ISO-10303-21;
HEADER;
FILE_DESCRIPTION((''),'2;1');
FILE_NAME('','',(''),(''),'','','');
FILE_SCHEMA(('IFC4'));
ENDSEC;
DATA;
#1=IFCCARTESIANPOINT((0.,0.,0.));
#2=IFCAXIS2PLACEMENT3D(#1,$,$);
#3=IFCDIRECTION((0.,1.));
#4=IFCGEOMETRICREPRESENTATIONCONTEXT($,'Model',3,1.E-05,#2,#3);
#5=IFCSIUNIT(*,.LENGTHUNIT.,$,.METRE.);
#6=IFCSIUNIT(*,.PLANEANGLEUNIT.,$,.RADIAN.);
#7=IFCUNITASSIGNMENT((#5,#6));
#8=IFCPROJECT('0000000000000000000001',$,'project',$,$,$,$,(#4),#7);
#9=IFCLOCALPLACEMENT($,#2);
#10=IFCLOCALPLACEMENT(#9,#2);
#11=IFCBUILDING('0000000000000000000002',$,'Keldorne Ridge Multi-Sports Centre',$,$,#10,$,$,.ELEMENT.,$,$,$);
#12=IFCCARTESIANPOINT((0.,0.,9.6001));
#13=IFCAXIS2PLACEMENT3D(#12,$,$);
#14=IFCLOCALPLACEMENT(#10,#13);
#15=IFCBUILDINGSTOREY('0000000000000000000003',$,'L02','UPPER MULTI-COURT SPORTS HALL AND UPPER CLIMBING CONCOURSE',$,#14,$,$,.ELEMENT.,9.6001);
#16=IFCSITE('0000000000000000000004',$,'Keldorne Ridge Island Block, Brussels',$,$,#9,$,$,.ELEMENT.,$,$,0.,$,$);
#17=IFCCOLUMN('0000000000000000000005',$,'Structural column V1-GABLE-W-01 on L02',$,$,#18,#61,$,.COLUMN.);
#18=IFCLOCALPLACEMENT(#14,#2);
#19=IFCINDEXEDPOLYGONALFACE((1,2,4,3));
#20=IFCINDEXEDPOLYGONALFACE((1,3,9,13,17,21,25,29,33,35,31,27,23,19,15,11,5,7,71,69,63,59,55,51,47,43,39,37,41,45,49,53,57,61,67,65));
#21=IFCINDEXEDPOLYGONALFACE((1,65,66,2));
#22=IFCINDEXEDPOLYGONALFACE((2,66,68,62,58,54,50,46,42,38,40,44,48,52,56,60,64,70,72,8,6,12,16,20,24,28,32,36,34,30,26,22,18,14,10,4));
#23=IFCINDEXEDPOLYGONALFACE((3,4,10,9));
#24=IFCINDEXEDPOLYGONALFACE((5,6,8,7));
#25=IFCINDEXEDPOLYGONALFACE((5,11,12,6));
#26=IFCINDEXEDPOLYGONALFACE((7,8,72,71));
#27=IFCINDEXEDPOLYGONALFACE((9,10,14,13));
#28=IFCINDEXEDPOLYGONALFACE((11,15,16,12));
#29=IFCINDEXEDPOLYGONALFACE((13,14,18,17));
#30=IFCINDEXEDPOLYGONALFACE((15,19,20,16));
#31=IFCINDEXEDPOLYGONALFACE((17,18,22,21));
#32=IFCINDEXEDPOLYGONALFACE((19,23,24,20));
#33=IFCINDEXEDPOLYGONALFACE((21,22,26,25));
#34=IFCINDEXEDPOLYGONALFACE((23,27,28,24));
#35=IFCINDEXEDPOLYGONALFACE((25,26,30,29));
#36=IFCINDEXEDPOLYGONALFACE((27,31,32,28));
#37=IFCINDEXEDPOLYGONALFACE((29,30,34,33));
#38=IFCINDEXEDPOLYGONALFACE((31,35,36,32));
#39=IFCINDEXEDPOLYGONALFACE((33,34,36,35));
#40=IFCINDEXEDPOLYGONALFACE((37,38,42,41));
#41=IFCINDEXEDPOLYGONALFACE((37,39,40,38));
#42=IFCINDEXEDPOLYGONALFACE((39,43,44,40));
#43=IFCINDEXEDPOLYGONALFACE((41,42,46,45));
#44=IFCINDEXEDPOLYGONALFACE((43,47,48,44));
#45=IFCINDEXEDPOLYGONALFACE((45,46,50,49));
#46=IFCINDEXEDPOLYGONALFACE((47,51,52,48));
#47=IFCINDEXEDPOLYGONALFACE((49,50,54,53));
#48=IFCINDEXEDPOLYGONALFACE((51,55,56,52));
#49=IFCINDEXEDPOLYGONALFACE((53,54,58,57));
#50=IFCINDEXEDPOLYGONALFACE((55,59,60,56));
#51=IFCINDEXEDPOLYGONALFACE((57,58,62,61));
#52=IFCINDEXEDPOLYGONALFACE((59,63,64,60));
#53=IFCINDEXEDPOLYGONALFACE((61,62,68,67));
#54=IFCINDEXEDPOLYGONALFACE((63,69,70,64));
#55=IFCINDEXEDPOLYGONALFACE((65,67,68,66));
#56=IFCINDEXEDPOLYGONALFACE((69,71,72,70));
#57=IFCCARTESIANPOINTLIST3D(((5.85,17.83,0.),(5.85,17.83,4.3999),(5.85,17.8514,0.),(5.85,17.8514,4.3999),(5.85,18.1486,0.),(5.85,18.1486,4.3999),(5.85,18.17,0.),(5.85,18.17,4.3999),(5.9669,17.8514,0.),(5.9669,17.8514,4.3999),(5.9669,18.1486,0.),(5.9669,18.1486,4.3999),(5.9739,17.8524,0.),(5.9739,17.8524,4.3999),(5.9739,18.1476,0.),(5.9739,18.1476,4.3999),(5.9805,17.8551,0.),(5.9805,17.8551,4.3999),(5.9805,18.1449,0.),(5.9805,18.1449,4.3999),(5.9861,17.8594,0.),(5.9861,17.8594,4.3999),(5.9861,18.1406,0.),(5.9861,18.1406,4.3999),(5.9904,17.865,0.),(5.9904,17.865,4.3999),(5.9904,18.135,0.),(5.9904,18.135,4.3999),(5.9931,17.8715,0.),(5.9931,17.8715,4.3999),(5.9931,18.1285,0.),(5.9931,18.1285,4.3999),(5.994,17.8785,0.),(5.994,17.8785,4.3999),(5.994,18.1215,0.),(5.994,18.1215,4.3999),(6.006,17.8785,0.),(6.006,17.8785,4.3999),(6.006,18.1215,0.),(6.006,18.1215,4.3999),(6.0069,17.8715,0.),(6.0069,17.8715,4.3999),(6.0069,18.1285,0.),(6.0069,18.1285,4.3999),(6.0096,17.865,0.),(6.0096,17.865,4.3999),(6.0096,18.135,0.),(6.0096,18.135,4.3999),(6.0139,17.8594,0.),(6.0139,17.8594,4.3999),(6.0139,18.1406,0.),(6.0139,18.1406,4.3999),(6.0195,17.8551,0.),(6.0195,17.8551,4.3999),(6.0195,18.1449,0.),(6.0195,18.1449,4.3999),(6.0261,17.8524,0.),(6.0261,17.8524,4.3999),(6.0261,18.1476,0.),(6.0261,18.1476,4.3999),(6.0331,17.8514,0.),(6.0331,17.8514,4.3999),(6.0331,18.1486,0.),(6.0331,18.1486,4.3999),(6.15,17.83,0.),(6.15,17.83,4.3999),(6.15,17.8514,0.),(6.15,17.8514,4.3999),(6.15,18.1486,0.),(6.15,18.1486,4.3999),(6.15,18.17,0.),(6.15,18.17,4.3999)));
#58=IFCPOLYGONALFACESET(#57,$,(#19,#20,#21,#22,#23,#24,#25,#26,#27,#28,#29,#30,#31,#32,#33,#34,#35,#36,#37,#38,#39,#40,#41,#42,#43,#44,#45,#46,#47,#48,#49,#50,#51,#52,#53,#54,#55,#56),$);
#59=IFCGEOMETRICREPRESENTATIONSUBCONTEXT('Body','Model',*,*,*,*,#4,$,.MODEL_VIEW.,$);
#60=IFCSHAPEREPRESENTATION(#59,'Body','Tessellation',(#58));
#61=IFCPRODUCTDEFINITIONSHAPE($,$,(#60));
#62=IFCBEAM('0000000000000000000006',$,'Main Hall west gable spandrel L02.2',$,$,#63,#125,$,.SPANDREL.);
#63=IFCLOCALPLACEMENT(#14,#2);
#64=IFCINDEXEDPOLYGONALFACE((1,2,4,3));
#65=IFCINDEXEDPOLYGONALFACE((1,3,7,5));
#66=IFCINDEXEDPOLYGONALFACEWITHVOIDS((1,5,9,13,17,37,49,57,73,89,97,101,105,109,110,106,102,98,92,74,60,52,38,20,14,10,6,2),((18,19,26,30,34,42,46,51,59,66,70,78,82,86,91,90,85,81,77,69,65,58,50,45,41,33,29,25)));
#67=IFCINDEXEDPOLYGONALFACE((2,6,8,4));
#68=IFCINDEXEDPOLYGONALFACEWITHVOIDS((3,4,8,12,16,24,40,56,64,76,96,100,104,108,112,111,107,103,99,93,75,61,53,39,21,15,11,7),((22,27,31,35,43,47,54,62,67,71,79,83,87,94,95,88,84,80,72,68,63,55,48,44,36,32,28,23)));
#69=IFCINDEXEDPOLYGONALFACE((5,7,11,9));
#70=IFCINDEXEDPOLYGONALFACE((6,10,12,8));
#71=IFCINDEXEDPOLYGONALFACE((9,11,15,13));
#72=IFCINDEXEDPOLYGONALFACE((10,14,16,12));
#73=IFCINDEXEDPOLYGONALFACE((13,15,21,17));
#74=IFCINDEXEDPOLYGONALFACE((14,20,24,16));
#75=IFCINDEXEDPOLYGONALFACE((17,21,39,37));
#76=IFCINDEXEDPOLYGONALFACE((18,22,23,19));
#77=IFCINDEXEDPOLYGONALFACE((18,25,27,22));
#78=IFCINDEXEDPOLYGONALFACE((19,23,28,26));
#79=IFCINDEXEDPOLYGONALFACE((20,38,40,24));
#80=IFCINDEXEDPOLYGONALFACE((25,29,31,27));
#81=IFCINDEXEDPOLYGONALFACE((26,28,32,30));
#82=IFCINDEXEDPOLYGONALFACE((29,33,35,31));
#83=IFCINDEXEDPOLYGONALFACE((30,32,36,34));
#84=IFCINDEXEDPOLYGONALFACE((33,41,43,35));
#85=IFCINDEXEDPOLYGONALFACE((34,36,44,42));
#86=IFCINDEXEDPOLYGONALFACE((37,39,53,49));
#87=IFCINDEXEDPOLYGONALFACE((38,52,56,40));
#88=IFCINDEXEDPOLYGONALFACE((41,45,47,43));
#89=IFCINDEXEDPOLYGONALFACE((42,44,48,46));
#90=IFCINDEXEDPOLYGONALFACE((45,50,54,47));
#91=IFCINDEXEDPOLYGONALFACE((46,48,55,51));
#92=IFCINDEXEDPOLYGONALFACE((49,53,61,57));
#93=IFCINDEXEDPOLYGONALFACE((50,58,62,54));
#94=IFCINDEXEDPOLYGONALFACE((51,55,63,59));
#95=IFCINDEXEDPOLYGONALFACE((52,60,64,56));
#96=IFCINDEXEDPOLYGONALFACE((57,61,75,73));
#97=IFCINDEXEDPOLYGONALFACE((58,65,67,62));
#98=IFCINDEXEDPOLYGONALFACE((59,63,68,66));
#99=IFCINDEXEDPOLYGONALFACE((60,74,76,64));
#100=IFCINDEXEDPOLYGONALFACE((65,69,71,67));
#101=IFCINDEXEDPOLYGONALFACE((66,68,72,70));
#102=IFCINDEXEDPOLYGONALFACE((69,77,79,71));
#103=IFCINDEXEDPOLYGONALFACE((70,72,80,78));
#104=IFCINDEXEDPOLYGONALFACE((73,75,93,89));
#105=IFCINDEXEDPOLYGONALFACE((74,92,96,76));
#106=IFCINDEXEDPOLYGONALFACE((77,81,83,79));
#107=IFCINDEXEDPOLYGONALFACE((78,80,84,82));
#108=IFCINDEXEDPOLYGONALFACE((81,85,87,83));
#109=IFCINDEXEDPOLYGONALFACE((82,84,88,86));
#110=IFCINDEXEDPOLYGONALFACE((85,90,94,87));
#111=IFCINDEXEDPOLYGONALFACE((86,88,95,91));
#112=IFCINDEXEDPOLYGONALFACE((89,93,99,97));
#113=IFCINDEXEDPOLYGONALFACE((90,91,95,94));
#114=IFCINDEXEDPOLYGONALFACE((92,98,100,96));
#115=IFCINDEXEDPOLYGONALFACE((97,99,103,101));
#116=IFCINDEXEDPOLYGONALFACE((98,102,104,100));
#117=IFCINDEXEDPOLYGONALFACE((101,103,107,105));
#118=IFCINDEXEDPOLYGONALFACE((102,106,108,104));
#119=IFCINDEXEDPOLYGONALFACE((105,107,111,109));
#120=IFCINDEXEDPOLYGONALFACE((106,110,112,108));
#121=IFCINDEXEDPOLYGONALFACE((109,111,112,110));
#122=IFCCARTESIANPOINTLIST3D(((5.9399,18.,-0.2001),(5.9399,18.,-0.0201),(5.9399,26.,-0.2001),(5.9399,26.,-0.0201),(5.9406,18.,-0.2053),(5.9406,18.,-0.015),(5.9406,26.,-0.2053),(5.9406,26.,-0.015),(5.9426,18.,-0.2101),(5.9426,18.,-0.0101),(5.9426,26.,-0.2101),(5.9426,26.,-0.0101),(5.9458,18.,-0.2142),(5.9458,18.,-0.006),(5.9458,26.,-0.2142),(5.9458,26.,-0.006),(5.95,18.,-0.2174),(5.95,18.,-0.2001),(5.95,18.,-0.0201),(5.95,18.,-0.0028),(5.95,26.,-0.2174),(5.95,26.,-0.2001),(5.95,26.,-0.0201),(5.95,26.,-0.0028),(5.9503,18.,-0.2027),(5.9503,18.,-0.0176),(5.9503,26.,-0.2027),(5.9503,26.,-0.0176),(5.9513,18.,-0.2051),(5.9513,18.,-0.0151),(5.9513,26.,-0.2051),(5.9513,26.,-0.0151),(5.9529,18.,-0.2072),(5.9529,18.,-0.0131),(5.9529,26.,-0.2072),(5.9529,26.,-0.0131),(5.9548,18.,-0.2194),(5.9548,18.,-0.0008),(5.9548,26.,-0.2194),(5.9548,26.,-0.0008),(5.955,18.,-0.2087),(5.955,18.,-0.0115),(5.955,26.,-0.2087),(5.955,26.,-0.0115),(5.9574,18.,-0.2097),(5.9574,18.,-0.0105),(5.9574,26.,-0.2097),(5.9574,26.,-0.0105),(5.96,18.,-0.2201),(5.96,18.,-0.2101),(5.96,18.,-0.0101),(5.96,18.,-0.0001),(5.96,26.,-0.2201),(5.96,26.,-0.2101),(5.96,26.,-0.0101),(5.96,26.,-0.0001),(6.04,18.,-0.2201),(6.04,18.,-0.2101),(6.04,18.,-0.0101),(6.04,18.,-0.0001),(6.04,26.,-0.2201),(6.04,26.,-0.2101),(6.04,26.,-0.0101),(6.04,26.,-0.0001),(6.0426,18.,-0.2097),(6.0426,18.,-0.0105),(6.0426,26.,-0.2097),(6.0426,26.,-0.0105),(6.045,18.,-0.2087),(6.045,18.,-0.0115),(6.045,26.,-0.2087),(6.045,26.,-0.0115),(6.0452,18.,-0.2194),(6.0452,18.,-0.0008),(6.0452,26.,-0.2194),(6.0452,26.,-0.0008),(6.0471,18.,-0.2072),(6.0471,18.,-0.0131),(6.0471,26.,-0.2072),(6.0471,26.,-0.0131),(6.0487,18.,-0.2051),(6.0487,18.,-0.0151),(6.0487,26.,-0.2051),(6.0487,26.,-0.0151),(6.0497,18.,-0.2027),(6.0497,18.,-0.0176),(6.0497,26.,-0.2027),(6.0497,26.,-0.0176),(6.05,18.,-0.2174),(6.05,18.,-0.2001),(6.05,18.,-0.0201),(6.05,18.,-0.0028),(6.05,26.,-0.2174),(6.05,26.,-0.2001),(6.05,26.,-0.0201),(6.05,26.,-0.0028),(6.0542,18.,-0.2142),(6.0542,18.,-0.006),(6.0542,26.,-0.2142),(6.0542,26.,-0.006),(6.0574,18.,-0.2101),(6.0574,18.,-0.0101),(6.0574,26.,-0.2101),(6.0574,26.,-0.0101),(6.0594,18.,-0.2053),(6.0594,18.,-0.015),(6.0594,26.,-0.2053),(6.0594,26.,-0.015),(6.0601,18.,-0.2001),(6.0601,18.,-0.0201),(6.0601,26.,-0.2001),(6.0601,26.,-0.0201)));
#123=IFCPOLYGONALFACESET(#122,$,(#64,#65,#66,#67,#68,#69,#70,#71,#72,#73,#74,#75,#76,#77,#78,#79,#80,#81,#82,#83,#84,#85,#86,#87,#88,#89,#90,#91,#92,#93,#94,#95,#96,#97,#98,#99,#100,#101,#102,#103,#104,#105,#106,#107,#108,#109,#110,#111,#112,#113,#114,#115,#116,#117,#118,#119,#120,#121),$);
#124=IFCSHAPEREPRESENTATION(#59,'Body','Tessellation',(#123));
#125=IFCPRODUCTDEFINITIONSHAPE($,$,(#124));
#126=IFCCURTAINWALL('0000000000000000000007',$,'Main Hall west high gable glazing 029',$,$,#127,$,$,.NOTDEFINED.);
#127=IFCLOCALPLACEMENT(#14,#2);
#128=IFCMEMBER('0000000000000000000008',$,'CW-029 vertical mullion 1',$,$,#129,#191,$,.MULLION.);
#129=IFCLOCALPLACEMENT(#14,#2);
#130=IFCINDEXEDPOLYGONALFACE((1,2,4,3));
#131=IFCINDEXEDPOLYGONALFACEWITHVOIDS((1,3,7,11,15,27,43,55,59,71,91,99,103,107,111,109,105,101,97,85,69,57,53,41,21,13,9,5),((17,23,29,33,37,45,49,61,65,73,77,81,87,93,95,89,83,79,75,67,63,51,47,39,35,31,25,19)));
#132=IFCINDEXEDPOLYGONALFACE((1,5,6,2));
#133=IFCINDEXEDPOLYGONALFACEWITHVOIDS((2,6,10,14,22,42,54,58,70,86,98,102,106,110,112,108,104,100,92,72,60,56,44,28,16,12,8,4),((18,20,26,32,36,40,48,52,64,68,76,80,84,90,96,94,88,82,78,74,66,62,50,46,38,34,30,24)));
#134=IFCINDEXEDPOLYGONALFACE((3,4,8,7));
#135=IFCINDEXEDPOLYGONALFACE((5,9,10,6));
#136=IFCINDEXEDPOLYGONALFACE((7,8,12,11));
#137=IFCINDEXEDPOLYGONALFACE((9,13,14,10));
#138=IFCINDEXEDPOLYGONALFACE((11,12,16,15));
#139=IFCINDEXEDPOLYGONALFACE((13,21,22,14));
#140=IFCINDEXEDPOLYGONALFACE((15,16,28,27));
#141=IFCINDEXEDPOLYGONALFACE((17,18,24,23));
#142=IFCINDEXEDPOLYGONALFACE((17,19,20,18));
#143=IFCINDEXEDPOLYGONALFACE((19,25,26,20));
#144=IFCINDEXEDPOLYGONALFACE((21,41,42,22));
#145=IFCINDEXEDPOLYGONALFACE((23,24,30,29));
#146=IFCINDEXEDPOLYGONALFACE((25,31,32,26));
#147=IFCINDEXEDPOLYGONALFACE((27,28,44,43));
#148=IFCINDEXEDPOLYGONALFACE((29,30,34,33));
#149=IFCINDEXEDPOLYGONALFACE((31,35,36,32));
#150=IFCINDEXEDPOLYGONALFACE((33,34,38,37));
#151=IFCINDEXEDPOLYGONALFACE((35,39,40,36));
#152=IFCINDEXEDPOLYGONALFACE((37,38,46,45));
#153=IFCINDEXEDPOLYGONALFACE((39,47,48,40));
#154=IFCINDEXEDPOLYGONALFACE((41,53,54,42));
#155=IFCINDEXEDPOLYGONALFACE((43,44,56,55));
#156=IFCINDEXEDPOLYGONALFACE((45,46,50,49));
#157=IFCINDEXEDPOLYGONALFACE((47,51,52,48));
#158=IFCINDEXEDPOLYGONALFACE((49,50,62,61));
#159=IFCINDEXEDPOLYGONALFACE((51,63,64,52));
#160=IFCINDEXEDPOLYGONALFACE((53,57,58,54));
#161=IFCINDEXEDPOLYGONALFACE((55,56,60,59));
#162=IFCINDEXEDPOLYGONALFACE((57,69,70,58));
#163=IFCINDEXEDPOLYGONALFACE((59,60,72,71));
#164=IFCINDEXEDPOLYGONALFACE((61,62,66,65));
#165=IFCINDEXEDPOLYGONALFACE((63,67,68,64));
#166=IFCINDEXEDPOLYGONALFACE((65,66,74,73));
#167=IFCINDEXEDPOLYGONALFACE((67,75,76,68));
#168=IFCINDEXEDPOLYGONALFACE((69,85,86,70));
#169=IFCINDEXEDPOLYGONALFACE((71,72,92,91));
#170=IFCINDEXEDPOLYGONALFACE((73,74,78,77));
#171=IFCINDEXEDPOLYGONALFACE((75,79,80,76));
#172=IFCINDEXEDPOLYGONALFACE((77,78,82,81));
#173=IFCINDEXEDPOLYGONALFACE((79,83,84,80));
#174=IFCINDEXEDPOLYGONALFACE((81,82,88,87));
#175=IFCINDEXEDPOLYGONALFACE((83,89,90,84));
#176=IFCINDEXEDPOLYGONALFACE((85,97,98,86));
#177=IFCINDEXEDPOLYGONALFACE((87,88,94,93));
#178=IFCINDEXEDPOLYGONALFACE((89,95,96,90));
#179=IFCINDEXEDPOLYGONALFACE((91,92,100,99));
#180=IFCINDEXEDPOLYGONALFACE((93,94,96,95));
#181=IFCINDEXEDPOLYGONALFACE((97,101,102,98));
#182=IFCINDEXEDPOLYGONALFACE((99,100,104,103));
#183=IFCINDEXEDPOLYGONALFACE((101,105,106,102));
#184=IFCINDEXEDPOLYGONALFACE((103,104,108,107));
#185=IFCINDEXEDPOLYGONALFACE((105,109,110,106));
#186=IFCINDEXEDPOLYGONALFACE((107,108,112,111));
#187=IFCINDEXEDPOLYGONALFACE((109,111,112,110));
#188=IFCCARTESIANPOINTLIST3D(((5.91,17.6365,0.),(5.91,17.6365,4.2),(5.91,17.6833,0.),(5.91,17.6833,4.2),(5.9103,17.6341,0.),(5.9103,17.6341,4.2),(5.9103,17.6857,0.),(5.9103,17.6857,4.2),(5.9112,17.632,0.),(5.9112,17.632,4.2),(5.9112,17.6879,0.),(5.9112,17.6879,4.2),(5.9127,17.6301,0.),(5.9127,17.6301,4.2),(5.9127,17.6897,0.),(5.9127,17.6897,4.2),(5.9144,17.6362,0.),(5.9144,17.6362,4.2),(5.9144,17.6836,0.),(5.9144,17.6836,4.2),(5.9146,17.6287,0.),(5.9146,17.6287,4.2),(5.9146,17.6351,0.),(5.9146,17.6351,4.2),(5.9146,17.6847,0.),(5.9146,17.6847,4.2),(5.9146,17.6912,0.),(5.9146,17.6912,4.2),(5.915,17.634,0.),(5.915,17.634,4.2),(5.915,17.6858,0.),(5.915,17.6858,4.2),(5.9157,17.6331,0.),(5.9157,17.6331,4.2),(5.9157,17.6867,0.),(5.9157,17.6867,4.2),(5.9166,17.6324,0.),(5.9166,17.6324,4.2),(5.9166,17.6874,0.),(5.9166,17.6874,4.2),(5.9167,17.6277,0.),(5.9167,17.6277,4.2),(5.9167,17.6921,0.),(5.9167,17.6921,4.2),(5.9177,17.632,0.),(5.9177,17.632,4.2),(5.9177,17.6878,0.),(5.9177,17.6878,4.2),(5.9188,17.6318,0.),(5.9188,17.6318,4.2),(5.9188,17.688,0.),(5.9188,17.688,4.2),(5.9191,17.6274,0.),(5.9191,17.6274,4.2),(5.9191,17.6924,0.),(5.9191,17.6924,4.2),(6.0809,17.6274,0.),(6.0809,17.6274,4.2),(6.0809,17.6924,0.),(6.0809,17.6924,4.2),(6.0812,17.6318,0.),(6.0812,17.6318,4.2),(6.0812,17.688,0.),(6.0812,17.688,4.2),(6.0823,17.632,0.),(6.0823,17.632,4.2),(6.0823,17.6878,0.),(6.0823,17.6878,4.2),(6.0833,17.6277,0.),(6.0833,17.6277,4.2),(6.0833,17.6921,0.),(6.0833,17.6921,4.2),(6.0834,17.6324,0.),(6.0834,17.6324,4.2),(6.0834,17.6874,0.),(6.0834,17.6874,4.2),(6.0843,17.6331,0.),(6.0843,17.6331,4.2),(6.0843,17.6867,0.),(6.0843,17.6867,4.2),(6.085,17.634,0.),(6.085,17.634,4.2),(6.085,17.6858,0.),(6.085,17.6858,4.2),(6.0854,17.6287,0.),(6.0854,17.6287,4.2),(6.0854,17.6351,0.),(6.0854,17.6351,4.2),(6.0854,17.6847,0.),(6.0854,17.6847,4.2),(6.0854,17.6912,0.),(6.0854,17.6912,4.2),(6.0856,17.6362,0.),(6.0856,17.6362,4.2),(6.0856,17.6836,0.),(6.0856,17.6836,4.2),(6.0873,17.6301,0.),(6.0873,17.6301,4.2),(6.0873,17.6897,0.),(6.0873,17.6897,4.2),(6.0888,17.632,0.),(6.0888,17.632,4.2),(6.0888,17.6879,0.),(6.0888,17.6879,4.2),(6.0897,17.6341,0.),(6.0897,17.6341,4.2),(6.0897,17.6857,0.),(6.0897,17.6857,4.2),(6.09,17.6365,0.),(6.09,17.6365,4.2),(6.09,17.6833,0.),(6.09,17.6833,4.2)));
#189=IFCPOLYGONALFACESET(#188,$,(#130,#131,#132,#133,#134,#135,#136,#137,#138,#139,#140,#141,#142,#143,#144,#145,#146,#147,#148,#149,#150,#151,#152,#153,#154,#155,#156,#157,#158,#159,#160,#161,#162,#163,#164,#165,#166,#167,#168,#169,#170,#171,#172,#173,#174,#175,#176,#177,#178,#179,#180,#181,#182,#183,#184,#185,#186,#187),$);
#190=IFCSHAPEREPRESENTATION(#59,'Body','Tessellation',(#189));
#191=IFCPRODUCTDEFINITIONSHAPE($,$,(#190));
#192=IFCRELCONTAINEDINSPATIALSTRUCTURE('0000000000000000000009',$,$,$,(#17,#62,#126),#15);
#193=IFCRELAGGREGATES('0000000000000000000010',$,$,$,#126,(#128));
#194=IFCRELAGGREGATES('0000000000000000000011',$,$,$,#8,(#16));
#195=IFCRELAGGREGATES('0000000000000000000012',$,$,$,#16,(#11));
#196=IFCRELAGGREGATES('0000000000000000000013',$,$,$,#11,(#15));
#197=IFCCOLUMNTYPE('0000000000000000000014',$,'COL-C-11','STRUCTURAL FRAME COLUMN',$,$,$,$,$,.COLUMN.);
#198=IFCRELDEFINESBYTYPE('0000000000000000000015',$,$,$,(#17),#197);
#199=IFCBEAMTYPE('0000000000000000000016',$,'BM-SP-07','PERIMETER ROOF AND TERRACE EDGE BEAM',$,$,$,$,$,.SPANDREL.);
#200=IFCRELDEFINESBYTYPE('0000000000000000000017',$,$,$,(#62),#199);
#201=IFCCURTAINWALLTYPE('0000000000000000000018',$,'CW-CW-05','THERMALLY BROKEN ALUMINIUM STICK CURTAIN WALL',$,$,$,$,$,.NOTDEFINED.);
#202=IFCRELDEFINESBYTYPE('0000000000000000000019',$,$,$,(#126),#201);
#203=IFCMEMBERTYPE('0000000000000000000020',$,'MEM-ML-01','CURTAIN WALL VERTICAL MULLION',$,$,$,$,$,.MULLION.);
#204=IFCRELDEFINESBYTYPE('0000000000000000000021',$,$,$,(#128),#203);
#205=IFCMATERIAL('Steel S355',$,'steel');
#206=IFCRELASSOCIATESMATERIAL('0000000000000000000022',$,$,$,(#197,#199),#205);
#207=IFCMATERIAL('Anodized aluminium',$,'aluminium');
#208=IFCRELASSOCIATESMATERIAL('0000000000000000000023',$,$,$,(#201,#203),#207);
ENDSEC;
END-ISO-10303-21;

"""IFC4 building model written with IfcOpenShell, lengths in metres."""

from ifc_helpers import new_model, si_unit, direction, frame, origin, origin_2d, place, context, subcontext, project, spatial, hollow_rectangle, i_section, extrude, material, material_profile, profile_set, type_object, element, aggregate, save


model = new_model("IFC4")

# Units and contexts
model_context = context("Model", 3, precision=1e-05, world=origin(), true_north=direction((0.0, 1.0)))
body_context = subcontext(model_context, "Body", "Model", "MODEL_VIEW")
ifc_project = project(units=[si_unit("LENGTHUNIT", "METRE"), si_unit("PLANEANGLEUNIT", "RADIAN")], contexts=[model_context])

# Site, building, storey
site_placement = place(None, origin())
site = spatial("IfcSite", under=ifc_project, at=site_placement, Name="Keldorne Ridge Island Block, Brussels", CompositionType="ELEMENT", RefElevation=0.0)
building_placement = place(site_placement, origin())
building = spatial("IfcBuilding", under=site, at=building_placement, Name="Keldorne Ridge Multi-Sports Centre", CompositionType="ELEMENT")
storey_placement = place(building_placement, frame((0.0, 0.0, 9.6001)))
storey = spatial("IfcBuildingStorey", under=building, at=storey_placement, Name="L02", Description="UPPER MULTI-COURT SPORTS HALL AND UPPER CLIMBING CONCOURSE", CompositionType="ELEMENT", Elevation=9.6001)

# Column
ifc_material_1 = material(Name="Steel S355", Category="steel")
ifc_material_profile_1 = material_profile(ifc_material_1, i_section(OverallWidth=0.3, OverallDepth=0.3401, WebThickness=0.012, FlangeThickness=0.0215, FilletRadius=0.0271, at=origin_2d()), Name="HEB 340")
ifc_profile_set_1 = profile_set([ifc_material_profile_1], Name="Steel S355")
column_type = type_object("IfcColumnType", Name="COL-C-11", Description="STRUCTURAL FRAME COLUMN", PredefinedType="COLUMN", material=ifc_profile_set_1)
column_placement = place(storey_placement, frame((6.0, 18.0, 0.0), z_axis=(0.0, 0.0, 1.0), x_axis=(1.0, 0.0, 0.0)))
element("IfcColumn", 1, at=column_placement, inside=storey, type_object=column_type, Name="Structural column V1-GABLE-W-01 on L02", PredefinedType="COLUMN", context=body_context, shape_type="SweptSolid", body=[
    extrude(i_section(OverallWidth=0.3, OverallDepth=0.3401, WebThickness=0.012, FlangeThickness=0.0215, FilletRadius=0.0271, at=origin_2d()), origin(), (0.0, 0.0, 1.0), 4.3999),
])

# Beam
ifc_material_profile_2 = material_profile(ifc_material_1, hollow_rectangle(XDim=0.1201, YDim=0.22, WallThickness=0.01, InnerFilletRadius=0.01, OuterFilletRadius=0.02, at=origin_2d()), Name="RHS 220x120x10")
ifc_profile_set_2 = profile_set([ifc_material_profile_2], Name="Steel S355")
beam_type = type_object("IfcBeamType", Name="BM-SP-07", Description="PERIMETER ROOF AND TERRACE EDGE BEAM", PredefinedType="SPANDREL", material=ifc_profile_set_2)
beam_placement = place(storey_placement, frame((6.0, 18.0, -0.1101), z_axis=(0.0, 1.0, 0.0), x_axis=(-1.0, 0.0, 0.0)))
element("IfcBeam", 2, at=beam_placement, inside=storey, type_object=beam_type, Name="Main Hall west gable spandrel L02.2", PredefinedType="SPANDREL", context=body_context, shape_type="SweptSolid", body=[
    extrude(hollow_rectangle(XDim=0.1201, YDim=0.22, WallThickness=0.01, InnerFilletRadius=0.01, OuterFilletRadius=0.02, at=origin_2d()), origin(), (0.0, 0.0, 1.0), 8.0),
])

# Curtain wall, member
ifc_material_2 = material(Name="Anodized aluminium", Category="aluminium")
curtain_wall_type_1 = type_object("IfcCurtainWallType", Name="CW-CW-05", Description="THERMALLY BROKEN ALUMINIUM STICK CURTAIN WALL", PredefinedType="NOTDEFINED", material=ifc_material_2)
curtain_wall_1_placement = place(storey_placement, origin())
curtain_wall_1 = element("IfcCurtainWall", 3, at=curtain_wall_1_placement, inside=storey, type_object=curtain_wall_type_1, Name="Main Hall west high gable glazing 029", PredefinedType="NOTDEFINED")
ifc_material_profile_3 = material_profile(ifc_material_2, hollow_rectangle(XDim=0.0649, YDim=0.1799, WallThickness=0.0044, InnerFilletRadius=0.0044, OuterFilletRadius=0.009, at=origin_2d()), Name="ALU MULLION 180x65x4.5")
ifc_profile_set_3 = profile_set([ifc_material_profile_3], Name="Anodized aluminium")
member_type_1 = type_object("IfcMemberType", Name="MEM-ML-01", Description="CURTAIN WALL VERTICAL MULLION", PredefinedType="MULLION", material=ifc_profile_set_3)
member_1_placement = place(storey_placement, frame((6.0, 17.6599, 0.0), z_axis=(0.0, 0.0, 1.0), x_axis=(0.0, 1.0, 0.0)))
member_1 = element("IfcMember", 4, at=member_1_placement, type_object=member_type_1, Name="CW-029 vertical mullion 1", PredefinedType="MULLION", context=body_context, shape_type="SweptSolid", body=[
    extrude(hollow_rectangle(XDim=0.0649, YDim=0.1799, WallThickness=0.0044, InnerFilletRadius=0.0044, OuterFilletRadius=0.009, at=origin_2d()), origin(), (0.0, 0.0, 1.0), 4.2),
])

aggregate(curtain_wall_1, [member_1])

save(model, "model.ifc")
